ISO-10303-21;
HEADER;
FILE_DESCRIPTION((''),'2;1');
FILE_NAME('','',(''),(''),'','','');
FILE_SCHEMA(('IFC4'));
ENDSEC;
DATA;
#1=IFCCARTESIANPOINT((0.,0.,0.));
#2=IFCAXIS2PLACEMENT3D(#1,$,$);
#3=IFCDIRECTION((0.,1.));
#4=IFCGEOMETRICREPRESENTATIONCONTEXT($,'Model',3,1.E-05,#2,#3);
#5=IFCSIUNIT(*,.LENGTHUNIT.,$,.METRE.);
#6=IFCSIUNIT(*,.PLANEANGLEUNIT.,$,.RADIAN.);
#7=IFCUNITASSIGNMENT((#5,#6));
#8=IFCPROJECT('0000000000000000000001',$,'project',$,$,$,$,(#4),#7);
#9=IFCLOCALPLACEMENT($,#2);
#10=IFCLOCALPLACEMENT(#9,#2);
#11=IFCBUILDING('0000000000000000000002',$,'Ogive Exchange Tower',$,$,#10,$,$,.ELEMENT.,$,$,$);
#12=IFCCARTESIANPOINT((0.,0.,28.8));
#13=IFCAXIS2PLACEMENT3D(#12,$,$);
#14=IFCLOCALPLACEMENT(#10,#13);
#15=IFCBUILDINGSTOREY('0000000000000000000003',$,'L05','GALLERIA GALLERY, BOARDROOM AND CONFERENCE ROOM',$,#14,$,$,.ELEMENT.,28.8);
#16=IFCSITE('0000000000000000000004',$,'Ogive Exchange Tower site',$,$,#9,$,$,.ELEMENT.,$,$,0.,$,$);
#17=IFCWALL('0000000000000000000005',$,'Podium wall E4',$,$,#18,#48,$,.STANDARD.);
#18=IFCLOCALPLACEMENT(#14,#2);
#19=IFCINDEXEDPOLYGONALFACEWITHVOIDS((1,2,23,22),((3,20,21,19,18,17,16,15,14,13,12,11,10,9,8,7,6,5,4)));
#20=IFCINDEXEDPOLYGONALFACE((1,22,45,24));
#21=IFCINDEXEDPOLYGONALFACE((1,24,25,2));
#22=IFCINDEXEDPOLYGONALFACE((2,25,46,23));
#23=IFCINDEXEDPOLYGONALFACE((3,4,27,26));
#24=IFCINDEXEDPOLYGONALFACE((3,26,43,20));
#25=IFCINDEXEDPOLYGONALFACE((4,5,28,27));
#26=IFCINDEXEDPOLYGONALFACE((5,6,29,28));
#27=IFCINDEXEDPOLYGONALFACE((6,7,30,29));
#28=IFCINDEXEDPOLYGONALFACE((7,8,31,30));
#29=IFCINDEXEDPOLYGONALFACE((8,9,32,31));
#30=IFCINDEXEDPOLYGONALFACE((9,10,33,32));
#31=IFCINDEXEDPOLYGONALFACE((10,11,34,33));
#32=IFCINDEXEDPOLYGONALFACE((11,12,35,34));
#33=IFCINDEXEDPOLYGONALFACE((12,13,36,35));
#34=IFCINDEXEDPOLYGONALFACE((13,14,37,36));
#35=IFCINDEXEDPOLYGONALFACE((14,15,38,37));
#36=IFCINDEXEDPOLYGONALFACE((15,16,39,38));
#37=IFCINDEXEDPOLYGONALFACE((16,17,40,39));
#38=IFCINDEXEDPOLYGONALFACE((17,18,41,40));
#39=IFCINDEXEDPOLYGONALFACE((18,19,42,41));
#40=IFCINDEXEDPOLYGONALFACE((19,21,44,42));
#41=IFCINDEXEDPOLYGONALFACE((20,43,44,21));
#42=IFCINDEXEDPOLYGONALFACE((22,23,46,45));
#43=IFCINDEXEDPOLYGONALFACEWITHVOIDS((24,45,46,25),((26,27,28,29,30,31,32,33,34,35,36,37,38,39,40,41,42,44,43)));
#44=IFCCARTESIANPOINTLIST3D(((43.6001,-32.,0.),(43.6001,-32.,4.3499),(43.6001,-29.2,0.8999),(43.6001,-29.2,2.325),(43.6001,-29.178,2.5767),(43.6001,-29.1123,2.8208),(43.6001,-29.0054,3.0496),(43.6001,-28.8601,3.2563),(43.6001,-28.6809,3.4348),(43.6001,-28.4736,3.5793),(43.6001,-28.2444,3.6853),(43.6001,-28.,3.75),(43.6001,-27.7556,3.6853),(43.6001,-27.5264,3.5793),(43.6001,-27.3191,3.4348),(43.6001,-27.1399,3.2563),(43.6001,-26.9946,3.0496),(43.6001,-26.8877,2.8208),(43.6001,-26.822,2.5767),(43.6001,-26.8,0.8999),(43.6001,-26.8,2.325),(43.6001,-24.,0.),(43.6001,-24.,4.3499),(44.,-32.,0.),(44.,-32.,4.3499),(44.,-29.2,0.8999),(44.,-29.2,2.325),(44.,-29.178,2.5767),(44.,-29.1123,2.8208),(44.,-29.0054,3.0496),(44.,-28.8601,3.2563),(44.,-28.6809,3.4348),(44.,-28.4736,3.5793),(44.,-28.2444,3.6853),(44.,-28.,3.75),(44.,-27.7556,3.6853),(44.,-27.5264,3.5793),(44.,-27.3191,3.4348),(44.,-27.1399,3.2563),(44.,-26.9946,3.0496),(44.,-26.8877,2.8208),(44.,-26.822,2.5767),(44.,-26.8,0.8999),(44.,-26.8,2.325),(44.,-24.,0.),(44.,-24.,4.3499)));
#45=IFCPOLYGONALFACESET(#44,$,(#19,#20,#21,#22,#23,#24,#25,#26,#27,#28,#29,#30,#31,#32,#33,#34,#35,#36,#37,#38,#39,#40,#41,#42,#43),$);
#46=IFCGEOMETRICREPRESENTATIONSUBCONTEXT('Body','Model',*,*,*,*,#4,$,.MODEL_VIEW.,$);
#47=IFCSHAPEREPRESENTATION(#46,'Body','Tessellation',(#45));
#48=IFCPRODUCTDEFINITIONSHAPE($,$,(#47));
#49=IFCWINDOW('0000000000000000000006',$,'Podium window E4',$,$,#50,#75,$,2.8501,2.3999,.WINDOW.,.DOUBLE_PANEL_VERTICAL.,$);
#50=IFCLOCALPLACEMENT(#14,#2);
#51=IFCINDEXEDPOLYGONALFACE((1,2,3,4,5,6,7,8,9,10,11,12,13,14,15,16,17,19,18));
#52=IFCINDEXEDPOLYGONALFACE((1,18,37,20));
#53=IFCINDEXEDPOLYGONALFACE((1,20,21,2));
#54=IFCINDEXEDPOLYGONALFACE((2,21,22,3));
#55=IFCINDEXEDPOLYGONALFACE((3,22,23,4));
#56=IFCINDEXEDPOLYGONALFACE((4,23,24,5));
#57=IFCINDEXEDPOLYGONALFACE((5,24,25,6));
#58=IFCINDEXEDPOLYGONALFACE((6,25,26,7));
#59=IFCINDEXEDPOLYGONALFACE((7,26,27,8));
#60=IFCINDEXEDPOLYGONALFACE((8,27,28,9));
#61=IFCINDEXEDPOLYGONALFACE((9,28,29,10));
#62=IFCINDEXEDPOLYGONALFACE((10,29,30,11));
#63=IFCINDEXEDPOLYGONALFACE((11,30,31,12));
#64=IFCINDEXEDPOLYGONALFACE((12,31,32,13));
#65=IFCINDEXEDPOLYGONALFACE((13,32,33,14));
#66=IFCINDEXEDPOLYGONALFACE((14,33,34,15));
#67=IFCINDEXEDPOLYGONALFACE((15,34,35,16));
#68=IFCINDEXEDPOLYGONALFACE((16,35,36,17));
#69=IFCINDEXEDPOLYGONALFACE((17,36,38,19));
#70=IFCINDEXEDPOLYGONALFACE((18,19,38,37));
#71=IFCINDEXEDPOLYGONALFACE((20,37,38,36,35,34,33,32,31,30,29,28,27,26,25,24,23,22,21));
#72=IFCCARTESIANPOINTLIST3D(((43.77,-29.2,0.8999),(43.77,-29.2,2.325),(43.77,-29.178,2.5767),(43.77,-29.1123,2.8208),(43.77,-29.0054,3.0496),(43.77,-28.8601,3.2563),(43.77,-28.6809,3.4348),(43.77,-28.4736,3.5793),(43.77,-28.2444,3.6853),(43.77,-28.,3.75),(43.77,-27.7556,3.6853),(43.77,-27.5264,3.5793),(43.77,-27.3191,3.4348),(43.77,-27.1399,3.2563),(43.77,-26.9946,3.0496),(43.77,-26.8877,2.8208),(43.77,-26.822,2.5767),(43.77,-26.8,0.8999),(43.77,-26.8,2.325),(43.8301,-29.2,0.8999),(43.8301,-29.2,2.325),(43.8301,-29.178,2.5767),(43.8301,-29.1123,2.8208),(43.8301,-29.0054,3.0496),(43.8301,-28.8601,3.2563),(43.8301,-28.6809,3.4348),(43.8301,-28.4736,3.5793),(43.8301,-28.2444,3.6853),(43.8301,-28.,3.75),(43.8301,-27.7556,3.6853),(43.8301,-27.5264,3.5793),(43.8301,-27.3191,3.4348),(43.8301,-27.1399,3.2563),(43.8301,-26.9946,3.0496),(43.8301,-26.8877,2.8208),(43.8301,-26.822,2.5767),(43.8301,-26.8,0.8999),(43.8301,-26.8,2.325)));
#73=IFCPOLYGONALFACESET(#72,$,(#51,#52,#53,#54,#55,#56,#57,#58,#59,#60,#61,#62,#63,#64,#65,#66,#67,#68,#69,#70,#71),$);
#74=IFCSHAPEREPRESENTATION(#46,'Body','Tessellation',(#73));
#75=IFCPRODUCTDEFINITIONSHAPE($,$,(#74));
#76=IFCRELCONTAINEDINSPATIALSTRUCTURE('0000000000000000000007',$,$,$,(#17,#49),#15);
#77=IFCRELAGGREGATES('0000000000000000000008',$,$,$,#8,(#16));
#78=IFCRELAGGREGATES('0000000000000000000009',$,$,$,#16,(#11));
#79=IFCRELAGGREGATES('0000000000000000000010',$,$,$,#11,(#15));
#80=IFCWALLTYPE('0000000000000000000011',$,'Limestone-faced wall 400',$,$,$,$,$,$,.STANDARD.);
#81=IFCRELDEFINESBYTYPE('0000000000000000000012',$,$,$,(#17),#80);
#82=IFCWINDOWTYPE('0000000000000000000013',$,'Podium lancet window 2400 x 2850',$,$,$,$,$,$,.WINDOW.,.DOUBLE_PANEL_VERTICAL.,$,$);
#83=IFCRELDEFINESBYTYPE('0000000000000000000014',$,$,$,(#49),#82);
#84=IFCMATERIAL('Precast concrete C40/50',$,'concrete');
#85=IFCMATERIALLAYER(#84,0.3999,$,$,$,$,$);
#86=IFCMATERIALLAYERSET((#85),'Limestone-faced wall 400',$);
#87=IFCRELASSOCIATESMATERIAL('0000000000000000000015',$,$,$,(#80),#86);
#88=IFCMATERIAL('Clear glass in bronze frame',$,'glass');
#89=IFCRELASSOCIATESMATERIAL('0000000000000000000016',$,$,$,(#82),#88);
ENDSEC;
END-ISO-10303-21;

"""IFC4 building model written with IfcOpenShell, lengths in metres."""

from ifc_helpers import new_model, si_unit, direction, frame, frame_2d, origin, place, context, subcontext, project, spatial, polyline, rectangle, outline, extrude, material, layer, layer_set, type_object, element, fill, save


model = new_model("IFC4")

# Units and contexts
model_context = context("Model", 3, precision=1e-05, world=origin(), true_north=direction((0.0, 1.0)))
body_context = subcontext(model_context, "Body", "Model", "MODEL_VIEW")
ifc_project = project(units=[si_unit("LENGTHUNIT", "METRE"), si_unit("PLANEANGLEUNIT", "RADIAN")], contexts=[model_context])

# Site, building, storey
site_placement = place(None, origin())
site = spatial("IfcSite", under=ifc_project, at=site_placement, Name="Ogive Exchange Tower site", CompositionType="ELEMENT", RefElevation=0.0)
building_placement = place(site_placement, origin())
building = spatial("IfcBuilding", under=site, at=building_placement, Name="Ogive Exchange Tower", CompositionType="ELEMENT")
storey_placement = place(building_placement, frame((0.0, 0.0, 28.8)))
storey = spatial("IfcBuildingStorey", under=building, at=storey_placement, Name="L05", Description="GALLERIA GALLERY, BOARDROOM AND CONFERENCE ROOM", CompositionType="ELEMENT", Elevation=28.8)

# Wall, opening, window
ifc_material_1 = material(Name="Precast concrete C40/50", Category="concrete")
ifc_layer_1 = layer(ifc_material_1, 0.3999)
ifc_layer_set_1 = layer_set([ifc_layer_1], Name="Limestone-faced wall 400")
wall_type_1 = type_object("IfcWallType", Name="Limestone-faced wall 400", PredefinedType="STANDARD", material=ifc_layer_set_1)
wall_1_placement = place(storey_placement, frame((43.8, -32.0, 0.0), z_axis=(0.0, 0.0, 1.0), x_axis=(0.0, 1.0, 0.0)))
wall_1 = element("IfcWall", 1, at=wall_1_placement, inside=storey, type_object=wall_type_1, Name="Podium wall E4", PredefinedType="STANDARD", context=body_context, shape_type="SweptSolid", body=[
    extrude(rectangle(XDim=8.0, YDim=0.3999, at=frame_2d((4.0, 0.0))), origin(), (0.0, 0.0, 1.0), 4.3499),
])
opening_1_placement = place(wall_1_placement, frame((2.8, 0.0, 0.8999)))
opening_1 = element("IfcOpeningElement", 2, at=opening_1_placement, cuts=wall_1, PredefinedType="OPENING", context=body_context, shape_type="SweptSolid", body=[
    extrude(outline(polyline([(0.0, 0.0), (2.3999, 0.0), (2.3999, 1.425), (2.3779, 1.6768), (2.3123, 1.9209), (2.2053, 2.1497), (2.0601, 2.3564), (1.8809, 2.5349), (1.6736, 2.6794), (1.4443, 2.7854), (1.2, 2.8501), (0.9556, 2.7854), (0.7263, 2.6794), (0.519, 2.5349), (0.3398, 2.3564), (0.1946, 2.1497), (0.0876, 1.9209), (0.022, 1.6768), (0.0, 1.425), (0.0, 0.0)])), frame((0.0, 0.21, 0.0), z_axis=(0.0, -1.0, 0.0), x_axis=(1.0, 0.0, 0.0)), (0.0, 0.0, 1.0), 0.4199),
])
ifc_material_2 = material(Name="Clear glass in bronze frame", Category="glass")
window_type = type_object("IfcWindowType", Name="Podium lancet window 2400 x 2850", PartitioningType="DOUBLE_PANEL_VERTICAL", PredefinedType="WINDOW", material=ifc_material_2)
window_placement = place(opening_1_placement, origin())
window = element("IfcWindow", 3, at=window_placement, inside=storey, type_object=window_type, Name="Podium window E4", OverallHeight=2.8501, OverallWidth=2.3999, PartitioningType="DOUBLE_PANEL_VERTICAL", PredefinedType="WINDOW", context=body_context, shape_type="SweptSolid", body=[
    extrude(outline(polyline([(0.0, 0.0), (2.3999, 0.0), (2.3999, 1.425), (2.3779, 1.6768), (2.3123, 1.9209), (2.2053, 2.1497), (2.0601, 2.3564), (1.8809, 2.5349), (1.6736, 2.6794), (1.4443, 2.7854), (1.2, 2.8501), (0.9556, 2.7854), (0.7263, 2.6794), (0.519, 2.5349), (0.3398, 2.3564), (0.1946, 2.1497), (0.0876, 1.9209), (0.022, 1.6768), (0.0, 1.425), (0.0, 0.0)])), frame((0.0, 0.03, 0.0), z_axis=(0.0, -1.0, 0.0), x_axis=(1.0, 0.0, 0.0)), (0.0, 0.0, 1.0), 0.0601),
])
fill(opening_1, window)

save(model, "model.ifc")
